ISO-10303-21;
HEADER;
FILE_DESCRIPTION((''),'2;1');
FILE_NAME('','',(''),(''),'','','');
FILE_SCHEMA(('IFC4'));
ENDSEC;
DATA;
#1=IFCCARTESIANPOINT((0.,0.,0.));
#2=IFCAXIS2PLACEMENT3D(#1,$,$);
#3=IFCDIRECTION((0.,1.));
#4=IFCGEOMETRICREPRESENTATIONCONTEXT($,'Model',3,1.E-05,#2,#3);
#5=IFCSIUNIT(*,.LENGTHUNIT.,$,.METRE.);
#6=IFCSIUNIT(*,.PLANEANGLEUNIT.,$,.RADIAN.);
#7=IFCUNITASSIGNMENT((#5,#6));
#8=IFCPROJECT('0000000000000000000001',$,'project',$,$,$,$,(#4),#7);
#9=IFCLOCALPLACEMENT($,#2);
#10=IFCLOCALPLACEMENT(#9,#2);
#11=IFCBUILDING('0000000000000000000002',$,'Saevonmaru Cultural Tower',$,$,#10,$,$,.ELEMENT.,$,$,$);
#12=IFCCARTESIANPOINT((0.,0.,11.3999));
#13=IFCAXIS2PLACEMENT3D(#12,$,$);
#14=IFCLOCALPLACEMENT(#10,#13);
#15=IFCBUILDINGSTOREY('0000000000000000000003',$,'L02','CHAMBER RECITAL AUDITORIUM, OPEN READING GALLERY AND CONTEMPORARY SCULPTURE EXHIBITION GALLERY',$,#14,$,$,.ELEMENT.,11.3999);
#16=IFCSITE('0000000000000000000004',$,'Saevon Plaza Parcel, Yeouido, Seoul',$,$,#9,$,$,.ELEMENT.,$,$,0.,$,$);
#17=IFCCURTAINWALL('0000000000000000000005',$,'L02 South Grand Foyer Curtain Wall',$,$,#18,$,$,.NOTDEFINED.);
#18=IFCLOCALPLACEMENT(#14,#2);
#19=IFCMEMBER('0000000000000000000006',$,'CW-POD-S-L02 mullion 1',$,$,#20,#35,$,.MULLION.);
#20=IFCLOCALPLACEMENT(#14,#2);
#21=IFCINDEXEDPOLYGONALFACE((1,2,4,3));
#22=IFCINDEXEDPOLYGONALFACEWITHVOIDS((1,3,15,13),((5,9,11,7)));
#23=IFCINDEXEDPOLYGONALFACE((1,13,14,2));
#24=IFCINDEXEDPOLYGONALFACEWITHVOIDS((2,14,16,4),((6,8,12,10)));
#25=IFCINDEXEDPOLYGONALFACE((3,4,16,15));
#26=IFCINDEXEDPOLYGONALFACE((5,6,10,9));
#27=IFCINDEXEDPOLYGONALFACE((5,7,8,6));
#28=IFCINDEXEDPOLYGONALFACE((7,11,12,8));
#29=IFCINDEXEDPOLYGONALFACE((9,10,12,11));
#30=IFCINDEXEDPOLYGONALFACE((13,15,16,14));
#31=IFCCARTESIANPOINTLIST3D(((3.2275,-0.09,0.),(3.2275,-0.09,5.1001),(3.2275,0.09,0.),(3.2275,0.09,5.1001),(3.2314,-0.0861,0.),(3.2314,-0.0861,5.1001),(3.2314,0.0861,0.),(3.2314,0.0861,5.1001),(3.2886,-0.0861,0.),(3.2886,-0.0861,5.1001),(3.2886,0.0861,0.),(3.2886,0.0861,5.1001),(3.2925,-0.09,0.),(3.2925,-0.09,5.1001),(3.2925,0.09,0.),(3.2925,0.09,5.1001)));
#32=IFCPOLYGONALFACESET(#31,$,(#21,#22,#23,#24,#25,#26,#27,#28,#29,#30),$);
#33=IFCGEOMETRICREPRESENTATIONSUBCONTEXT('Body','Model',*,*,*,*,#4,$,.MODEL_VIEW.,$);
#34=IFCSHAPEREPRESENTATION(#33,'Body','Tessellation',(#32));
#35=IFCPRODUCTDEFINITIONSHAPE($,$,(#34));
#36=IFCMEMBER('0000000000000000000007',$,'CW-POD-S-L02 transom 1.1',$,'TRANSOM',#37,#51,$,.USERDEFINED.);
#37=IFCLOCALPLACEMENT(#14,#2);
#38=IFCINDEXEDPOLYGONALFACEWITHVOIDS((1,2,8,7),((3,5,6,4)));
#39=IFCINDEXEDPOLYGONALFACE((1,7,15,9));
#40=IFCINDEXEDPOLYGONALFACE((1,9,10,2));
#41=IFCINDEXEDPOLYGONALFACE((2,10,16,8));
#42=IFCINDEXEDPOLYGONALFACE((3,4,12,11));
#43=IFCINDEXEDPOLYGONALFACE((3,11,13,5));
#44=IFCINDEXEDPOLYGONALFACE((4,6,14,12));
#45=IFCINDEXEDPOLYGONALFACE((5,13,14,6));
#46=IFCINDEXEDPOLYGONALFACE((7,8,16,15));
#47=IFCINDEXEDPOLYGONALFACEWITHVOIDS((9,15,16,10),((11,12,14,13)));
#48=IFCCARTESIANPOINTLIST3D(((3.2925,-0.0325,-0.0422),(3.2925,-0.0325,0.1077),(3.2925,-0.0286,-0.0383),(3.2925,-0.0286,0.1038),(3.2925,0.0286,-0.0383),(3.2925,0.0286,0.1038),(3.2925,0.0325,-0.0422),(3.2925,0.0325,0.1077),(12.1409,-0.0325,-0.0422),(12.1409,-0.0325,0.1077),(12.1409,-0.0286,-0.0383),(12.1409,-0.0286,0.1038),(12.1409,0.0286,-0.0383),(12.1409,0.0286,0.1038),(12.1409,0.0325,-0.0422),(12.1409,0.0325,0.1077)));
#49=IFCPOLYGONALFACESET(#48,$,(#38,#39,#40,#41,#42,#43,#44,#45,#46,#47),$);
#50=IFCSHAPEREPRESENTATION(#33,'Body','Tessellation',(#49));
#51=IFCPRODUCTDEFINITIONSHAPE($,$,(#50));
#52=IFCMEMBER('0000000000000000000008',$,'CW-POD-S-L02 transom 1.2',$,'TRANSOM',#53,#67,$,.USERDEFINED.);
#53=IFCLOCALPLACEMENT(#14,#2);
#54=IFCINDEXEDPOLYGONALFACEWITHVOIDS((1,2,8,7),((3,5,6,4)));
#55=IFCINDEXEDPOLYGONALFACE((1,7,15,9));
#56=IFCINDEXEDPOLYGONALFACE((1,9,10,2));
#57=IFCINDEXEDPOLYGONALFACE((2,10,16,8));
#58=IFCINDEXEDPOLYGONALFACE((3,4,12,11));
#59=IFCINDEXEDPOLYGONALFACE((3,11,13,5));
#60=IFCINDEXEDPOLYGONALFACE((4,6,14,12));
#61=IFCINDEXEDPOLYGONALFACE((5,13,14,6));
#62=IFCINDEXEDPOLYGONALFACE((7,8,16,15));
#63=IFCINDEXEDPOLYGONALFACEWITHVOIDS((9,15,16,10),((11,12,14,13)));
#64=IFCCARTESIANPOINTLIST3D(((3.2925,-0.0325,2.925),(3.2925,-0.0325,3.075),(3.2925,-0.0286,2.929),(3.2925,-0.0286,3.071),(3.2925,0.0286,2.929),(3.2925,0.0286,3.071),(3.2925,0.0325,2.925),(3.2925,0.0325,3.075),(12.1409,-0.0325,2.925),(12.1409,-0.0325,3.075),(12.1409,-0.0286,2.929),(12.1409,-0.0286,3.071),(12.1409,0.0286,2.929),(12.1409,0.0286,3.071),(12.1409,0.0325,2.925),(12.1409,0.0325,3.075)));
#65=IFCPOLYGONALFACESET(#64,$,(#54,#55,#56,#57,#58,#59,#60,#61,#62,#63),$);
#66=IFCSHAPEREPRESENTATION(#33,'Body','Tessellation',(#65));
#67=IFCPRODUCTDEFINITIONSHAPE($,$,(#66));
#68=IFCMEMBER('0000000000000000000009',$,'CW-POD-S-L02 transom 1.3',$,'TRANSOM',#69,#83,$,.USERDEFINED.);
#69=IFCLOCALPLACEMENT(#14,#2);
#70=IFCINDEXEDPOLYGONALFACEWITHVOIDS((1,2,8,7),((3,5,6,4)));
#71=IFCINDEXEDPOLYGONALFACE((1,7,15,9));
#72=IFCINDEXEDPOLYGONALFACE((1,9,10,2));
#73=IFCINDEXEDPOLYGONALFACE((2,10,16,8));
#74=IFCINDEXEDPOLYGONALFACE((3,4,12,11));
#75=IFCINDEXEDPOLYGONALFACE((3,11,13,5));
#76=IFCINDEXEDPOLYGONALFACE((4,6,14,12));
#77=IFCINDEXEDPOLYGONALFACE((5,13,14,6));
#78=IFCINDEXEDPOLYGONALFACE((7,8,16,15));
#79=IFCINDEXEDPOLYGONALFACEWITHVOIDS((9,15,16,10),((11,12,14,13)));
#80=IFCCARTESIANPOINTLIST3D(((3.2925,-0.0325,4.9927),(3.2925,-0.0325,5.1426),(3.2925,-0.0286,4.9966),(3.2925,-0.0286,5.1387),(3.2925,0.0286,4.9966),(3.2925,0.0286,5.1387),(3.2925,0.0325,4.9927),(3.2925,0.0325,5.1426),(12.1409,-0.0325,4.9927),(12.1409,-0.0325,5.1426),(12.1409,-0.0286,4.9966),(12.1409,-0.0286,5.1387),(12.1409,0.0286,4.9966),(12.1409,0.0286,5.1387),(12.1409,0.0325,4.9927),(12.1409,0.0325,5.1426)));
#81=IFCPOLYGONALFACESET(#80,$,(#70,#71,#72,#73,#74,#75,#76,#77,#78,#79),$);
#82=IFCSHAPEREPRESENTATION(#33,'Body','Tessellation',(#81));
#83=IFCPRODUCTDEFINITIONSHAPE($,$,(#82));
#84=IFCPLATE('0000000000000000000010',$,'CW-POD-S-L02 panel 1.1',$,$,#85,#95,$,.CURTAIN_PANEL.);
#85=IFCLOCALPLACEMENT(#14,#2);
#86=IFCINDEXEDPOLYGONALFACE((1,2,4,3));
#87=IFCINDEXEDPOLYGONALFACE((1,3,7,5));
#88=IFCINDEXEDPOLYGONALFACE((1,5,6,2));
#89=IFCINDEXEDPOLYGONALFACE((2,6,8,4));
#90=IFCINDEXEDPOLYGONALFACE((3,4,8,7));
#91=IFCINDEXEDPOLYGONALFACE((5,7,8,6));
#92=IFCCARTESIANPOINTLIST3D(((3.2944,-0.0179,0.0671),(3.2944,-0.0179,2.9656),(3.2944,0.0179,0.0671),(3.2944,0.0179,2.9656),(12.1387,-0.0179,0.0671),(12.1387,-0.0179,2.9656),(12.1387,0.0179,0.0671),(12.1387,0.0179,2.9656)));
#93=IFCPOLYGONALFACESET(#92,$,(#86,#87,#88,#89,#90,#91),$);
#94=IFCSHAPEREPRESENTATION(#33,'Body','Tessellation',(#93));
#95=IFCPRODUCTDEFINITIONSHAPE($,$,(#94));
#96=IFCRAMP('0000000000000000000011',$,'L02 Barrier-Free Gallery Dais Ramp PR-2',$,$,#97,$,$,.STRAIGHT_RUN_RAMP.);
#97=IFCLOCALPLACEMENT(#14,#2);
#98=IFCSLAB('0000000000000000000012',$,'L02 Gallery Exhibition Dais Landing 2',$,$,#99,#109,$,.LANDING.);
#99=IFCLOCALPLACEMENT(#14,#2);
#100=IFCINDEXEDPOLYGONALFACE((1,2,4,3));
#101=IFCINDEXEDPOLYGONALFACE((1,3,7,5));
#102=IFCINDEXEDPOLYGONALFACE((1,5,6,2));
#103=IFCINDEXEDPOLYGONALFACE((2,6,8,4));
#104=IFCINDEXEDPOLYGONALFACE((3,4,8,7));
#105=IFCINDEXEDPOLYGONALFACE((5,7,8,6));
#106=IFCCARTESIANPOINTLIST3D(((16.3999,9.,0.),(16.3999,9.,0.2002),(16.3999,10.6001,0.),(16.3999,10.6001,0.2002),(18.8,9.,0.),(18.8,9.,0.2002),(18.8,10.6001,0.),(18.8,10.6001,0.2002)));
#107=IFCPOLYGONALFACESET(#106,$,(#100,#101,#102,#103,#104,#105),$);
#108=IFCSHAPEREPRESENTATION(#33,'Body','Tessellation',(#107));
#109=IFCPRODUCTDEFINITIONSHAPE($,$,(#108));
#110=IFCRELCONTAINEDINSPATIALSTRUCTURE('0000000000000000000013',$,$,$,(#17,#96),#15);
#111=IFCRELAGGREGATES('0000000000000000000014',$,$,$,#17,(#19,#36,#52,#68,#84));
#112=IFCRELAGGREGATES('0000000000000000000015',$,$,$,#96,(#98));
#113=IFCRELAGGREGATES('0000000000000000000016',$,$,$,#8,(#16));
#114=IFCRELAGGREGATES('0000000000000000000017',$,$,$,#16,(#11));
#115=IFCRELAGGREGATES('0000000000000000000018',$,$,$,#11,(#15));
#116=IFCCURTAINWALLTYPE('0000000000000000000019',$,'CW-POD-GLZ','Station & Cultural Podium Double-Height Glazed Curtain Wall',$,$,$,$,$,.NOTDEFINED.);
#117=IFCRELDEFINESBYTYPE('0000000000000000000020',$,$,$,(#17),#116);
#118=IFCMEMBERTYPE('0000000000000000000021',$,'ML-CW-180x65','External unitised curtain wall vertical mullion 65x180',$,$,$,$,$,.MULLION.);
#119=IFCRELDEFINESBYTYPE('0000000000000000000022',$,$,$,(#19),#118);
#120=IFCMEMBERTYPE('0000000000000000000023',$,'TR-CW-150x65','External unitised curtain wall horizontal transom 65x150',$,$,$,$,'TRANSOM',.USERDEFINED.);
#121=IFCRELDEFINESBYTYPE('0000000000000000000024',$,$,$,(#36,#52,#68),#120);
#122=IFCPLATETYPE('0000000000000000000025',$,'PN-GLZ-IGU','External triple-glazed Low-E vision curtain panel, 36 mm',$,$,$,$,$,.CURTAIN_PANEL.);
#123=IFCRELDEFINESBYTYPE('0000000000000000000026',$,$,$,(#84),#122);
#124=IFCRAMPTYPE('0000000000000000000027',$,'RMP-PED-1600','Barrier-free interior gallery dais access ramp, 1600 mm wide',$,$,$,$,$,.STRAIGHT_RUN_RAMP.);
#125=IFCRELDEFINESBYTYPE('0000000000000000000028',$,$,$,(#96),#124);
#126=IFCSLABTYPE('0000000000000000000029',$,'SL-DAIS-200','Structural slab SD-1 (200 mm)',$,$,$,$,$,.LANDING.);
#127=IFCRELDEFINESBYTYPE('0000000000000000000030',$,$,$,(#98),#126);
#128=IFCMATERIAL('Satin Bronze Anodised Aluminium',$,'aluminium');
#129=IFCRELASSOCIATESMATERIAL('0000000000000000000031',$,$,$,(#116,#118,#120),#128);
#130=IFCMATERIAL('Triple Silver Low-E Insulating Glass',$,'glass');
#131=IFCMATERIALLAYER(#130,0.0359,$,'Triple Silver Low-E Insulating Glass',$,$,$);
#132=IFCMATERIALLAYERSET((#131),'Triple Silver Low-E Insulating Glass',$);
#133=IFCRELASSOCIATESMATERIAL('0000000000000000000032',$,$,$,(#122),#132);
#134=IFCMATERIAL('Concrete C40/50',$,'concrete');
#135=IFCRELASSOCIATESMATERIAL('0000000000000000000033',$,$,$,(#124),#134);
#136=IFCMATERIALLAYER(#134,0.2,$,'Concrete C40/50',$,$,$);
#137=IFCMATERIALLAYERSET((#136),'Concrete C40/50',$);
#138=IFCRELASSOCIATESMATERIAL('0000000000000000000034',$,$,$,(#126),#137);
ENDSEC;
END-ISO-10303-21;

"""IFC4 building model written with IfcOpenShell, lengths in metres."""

from ifc_helpers import new_model, si_unit, direction, frame, origin, origin_2d, place, context, subcontext, project, spatial, polyline, rectangle, hollow_rectangle, outline, extrude, material, layer, layer_set, material_profile, profile_set, type_object, element, aggregate, save


model = new_model("IFC4")

# Units and contexts
model_context = context("Model", 3, precision=1e-05, world=origin(), true_north=direction((0.0, 1.0)))
body_context = subcontext(model_context, "Body", "Model", "MODEL_VIEW")
ifc_project = project(units=[si_unit("LENGTHUNIT", "METRE"), si_unit("PLANEANGLEUNIT", "RADIAN")], contexts=[model_context])

# Site, building, storey
site_placement = place(None, origin())
site = spatial("IfcSite", under=ifc_project, at=site_placement, Name="Saevon Plaza Parcel, Yeouido, Seoul", CompositionType="ELEMENT", RefElevation=0.0)
building_placement = place(site_placement, origin())
building = spatial("IfcBuilding", under=site, at=building_placement, Name="Saevonmaru Cultural Tower", CompositionType="ELEMENT")
storey_placement = place(building_placement, frame((0.0, 0.0, 11.3999)))
storey = spatial("IfcBuildingStorey", under=building, at=storey_placement, Name="L02", Description="CHAMBER RECITAL AUDITORIUM, OPEN READING GALLERY AND CONTEMPORARY SCULPTURE EXHIBITION GALLERY", CompositionType="ELEMENT", Elevation=11.3999)

# Curtain wall, members, plate
ifc_material_1 = material(Name="Satin Bronze Anodised Aluminium", Category="aluminium")
curtain_wall_type = type_object("IfcCurtainWallType", Name="CW-POD-GLZ", Description="Station & Cultural Podium Double-Height Glazed Curtain Wall", PredefinedType="NOTDEFINED", material=ifc_material_1)
curtain_wall_placement = place(storey_placement, origin())
curtain_wall = element("IfcCurtainWall", 1, at=curtain_wall_placement, inside=storey, type_object=curtain_wall_type, Name="L02 South Grand Foyer Curtain Wall", PredefinedType="NOTDEFINED")
ifc_material_profile_1 = material_profile(ifc_material_1, hollow_rectangle(XDim=0.0649, YDim=0.1799, WallThickness=0.0039, at=origin_2d()), Name="ALU-MULL-180x65x4")
ifc_profile_set_1 = profile_set([ifc_material_profile_1], Name="Satin Bronze Anodised Aluminium")
member_type_1 = type_object("IfcMemberType", Name="ML-CW-180x65", Description="External unitised curtain wall vertical mullion 65x180", PredefinedType="MULLION", material=ifc_profile_set_1)
member_1_placement = place(storey_placement, frame((3.26, 0.0, 0.0), z_axis=(0.0, 0.0, 1.0), x_axis=(1.0, 0.0, 0.0)))
member_1 = element("IfcMember", 2, at=member_1_placement, type_object=member_type_1, Name="CW-POD-S-L02 mullion 1", PredefinedType="MULLION", context=body_context, shape_type="SweptSolid", body=[
    extrude(hollow_rectangle(XDim=0.0649, YDim=0.1799, WallThickness=0.0039, at=origin_2d()), origin(), (0.0, 0.0, 1.0), 5.1001),
])
ifc_material_profile_2 = material_profile(ifc_material_1, hollow_rectangle(XDim=0.0649, YDim=0.1499, WallThickness=0.0039, at=origin_2d()), Name="ALU-TRAN-150x65x4")
ifc_profile_set_2 = profile_set([ifc_material_profile_2], Name="Satin Bronze Anodised Aluminium")
member_type_2 = type_object("IfcMemberType", Name="TR-CW-150x65", Description="External unitised curtain wall horizontal transom 65x150", ElementType="TRANSOM", PredefinedType="USERDEFINED", material=ifc_profile_set_2)
member_2_placement = place(storey_placement, frame((3.2925, 0.0, 0.0327), z_axis=(1.0, 0.0, 0.0), x_axis=(0.0, 1.0, 0.0)))
member_2 = element("IfcMember", 3, at=member_2_placement, type_object=member_type_2, Name="CW-POD-S-L02 transom 1.1", ObjectType="TRANSOM", PredefinedType="USERDEFINED", context=body_context, shape_type="SweptSolid", body=[
    extrude(hollow_rectangle(XDim=0.0649, YDim=0.1499, WallThickness=0.0039, at=origin_2d()), origin(), (0.0, 0.0, 1.0), 8.8484),
])
member_3_placement = place(storey_placement, frame((3.2925, 0.0, 3.0), z_axis=(1.0, 0.0, 0.0), x_axis=(0.0, 1.0, 0.0)))
member_3 = element("IfcMember", 4, at=member_3_placement, type_object=member_type_2, Name="CW-POD-S-L02 transom 1.2", ObjectType="TRANSOM", PredefinedType="USERDEFINED", context=body_context, shape_type="SweptSolid", body=[
    extrude(hollow_rectangle(XDim=0.0649, YDim=0.1499, WallThickness=0.0039, at=origin_2d()), origin(), (0.0, 0.0, 1.0), 8.8484),
])
member_4_placement = place(storey_placement, frame((3.2925, 0.0, 5.0676), z_axis=(1.0, 0.0, 0.0), x_axis=(0.0, 1.0, 0.0)))
member_4 = element("IfcMember", 5, at=member_4_placement, type_object=member_type_2, Name="CW-POD-S-L02 transom 1.3", ObjectType="TRANSOM", PredefinedType="USERDEFINED", context=body_context, shape_type="SweptSolid", body=[
    extrude(hollow_rectangle(XDim=0.0649, YDim=0.1499, WallThickness=0.0039, at=origin_2d()), origin(), (0.0, 0.0, 1.0), 8.8484),
])
ifc_material_2 = material(Name="Triple Silver Low-E Insulating Glass", Category="glass")
ifc_layer_1 = layer(ifc_material_2, 0.0359, Name="Triple Silver Low-E Insulating Glass")
ifc_layer_set_1 = layer_set([ifc_layer_1], Name="Triple Silver Low-E Insulating Glass")
plate_type = type_object("IfcPlateType", Name="PN-GLZ-IGU", Description="External triple-glazed Low-E vision curtain panel, 36 mm", PredefinedType="CURTAIN_PANEL", material=ifc_layer_set_1)
plate_placement = place(storey_placement, frame((7.7166, 0.0, 0.0671), z_axis=(0.0, 0.0, 1.0), x_axis=(1.0, 0.0, 0.0)))
plate = element("IfcPlate", 6, at=plate_placement, type_object=plate_type, Name="CW-POD-S-L02 panel 1.1", PredefinedType="CURTAIN_PANEL", context=body_context, shape_type="SweptSolid", body=[
    extrude(rectangle(XDim=8.8442, YDim=0.0359, at=origin_2d()), origin(), (0.0, 0.0, 1.0), 2.8984),
])
aggregate(curtain_wall, [member_1, member_2, member_3, member_4, plate])

# Ramp, slab
ifc_material_3 = material(Name="Concrete C40/50", Category="concrete")
ramp_type = type_object("IfcRampType", Name="RMP-PED-1600", Description="Barrier-free interior gallery dais access ramp, 1600 mm wide", PredefinedType="STRAIGHT_RUN_RAMP", material=ifc_material_3)
ramp_placement = place(storey_placement, origin())
ramp = element("IfcRamp", 7, at=ramp_placement, inside=storey, type_object=ramp_type, Name="L02 Barrier-Free Gallery Dais Ramp PR-2", PredefinedType="STRAIGHT_RUN_RAMP")
ifc_layer_2 = layer(ifc_material_3, 0.2, Name="Concrete C40/50")
ifc_layer_set_2 = layer_set([ifc_layer_2], Name="Concrete C40/50")
slab_type_1 = type_object("IfcSlabType", Name="SL-DAIS-200", Description="Structural slab SD-1 (200 mm)", PredefinedType="LANDING", material=ifc_layer_set_2)
slab_1_placement = place(storey_placement, origin())
slab_1 = element("IfcSlab", 8, at=slab_1_placement, type_object=slab_type_1, Name="L02 Gallery Exhibition Dais Landing 2", PredefinedType="LANDING", context=body_context, shape_type="SweptSolid", body=[
    extrude(outline(polyline([(16.3999, 9.0), (18.8, 9.0), (18.8, 10.6001), (16.3999, 10.6001), (16.3999, 9.0)])), origin(), (0.0, 0.0, 1.0), 0.2002),
])
aggregate(ramp, [slab_1])

save(model, "model.ifc")
